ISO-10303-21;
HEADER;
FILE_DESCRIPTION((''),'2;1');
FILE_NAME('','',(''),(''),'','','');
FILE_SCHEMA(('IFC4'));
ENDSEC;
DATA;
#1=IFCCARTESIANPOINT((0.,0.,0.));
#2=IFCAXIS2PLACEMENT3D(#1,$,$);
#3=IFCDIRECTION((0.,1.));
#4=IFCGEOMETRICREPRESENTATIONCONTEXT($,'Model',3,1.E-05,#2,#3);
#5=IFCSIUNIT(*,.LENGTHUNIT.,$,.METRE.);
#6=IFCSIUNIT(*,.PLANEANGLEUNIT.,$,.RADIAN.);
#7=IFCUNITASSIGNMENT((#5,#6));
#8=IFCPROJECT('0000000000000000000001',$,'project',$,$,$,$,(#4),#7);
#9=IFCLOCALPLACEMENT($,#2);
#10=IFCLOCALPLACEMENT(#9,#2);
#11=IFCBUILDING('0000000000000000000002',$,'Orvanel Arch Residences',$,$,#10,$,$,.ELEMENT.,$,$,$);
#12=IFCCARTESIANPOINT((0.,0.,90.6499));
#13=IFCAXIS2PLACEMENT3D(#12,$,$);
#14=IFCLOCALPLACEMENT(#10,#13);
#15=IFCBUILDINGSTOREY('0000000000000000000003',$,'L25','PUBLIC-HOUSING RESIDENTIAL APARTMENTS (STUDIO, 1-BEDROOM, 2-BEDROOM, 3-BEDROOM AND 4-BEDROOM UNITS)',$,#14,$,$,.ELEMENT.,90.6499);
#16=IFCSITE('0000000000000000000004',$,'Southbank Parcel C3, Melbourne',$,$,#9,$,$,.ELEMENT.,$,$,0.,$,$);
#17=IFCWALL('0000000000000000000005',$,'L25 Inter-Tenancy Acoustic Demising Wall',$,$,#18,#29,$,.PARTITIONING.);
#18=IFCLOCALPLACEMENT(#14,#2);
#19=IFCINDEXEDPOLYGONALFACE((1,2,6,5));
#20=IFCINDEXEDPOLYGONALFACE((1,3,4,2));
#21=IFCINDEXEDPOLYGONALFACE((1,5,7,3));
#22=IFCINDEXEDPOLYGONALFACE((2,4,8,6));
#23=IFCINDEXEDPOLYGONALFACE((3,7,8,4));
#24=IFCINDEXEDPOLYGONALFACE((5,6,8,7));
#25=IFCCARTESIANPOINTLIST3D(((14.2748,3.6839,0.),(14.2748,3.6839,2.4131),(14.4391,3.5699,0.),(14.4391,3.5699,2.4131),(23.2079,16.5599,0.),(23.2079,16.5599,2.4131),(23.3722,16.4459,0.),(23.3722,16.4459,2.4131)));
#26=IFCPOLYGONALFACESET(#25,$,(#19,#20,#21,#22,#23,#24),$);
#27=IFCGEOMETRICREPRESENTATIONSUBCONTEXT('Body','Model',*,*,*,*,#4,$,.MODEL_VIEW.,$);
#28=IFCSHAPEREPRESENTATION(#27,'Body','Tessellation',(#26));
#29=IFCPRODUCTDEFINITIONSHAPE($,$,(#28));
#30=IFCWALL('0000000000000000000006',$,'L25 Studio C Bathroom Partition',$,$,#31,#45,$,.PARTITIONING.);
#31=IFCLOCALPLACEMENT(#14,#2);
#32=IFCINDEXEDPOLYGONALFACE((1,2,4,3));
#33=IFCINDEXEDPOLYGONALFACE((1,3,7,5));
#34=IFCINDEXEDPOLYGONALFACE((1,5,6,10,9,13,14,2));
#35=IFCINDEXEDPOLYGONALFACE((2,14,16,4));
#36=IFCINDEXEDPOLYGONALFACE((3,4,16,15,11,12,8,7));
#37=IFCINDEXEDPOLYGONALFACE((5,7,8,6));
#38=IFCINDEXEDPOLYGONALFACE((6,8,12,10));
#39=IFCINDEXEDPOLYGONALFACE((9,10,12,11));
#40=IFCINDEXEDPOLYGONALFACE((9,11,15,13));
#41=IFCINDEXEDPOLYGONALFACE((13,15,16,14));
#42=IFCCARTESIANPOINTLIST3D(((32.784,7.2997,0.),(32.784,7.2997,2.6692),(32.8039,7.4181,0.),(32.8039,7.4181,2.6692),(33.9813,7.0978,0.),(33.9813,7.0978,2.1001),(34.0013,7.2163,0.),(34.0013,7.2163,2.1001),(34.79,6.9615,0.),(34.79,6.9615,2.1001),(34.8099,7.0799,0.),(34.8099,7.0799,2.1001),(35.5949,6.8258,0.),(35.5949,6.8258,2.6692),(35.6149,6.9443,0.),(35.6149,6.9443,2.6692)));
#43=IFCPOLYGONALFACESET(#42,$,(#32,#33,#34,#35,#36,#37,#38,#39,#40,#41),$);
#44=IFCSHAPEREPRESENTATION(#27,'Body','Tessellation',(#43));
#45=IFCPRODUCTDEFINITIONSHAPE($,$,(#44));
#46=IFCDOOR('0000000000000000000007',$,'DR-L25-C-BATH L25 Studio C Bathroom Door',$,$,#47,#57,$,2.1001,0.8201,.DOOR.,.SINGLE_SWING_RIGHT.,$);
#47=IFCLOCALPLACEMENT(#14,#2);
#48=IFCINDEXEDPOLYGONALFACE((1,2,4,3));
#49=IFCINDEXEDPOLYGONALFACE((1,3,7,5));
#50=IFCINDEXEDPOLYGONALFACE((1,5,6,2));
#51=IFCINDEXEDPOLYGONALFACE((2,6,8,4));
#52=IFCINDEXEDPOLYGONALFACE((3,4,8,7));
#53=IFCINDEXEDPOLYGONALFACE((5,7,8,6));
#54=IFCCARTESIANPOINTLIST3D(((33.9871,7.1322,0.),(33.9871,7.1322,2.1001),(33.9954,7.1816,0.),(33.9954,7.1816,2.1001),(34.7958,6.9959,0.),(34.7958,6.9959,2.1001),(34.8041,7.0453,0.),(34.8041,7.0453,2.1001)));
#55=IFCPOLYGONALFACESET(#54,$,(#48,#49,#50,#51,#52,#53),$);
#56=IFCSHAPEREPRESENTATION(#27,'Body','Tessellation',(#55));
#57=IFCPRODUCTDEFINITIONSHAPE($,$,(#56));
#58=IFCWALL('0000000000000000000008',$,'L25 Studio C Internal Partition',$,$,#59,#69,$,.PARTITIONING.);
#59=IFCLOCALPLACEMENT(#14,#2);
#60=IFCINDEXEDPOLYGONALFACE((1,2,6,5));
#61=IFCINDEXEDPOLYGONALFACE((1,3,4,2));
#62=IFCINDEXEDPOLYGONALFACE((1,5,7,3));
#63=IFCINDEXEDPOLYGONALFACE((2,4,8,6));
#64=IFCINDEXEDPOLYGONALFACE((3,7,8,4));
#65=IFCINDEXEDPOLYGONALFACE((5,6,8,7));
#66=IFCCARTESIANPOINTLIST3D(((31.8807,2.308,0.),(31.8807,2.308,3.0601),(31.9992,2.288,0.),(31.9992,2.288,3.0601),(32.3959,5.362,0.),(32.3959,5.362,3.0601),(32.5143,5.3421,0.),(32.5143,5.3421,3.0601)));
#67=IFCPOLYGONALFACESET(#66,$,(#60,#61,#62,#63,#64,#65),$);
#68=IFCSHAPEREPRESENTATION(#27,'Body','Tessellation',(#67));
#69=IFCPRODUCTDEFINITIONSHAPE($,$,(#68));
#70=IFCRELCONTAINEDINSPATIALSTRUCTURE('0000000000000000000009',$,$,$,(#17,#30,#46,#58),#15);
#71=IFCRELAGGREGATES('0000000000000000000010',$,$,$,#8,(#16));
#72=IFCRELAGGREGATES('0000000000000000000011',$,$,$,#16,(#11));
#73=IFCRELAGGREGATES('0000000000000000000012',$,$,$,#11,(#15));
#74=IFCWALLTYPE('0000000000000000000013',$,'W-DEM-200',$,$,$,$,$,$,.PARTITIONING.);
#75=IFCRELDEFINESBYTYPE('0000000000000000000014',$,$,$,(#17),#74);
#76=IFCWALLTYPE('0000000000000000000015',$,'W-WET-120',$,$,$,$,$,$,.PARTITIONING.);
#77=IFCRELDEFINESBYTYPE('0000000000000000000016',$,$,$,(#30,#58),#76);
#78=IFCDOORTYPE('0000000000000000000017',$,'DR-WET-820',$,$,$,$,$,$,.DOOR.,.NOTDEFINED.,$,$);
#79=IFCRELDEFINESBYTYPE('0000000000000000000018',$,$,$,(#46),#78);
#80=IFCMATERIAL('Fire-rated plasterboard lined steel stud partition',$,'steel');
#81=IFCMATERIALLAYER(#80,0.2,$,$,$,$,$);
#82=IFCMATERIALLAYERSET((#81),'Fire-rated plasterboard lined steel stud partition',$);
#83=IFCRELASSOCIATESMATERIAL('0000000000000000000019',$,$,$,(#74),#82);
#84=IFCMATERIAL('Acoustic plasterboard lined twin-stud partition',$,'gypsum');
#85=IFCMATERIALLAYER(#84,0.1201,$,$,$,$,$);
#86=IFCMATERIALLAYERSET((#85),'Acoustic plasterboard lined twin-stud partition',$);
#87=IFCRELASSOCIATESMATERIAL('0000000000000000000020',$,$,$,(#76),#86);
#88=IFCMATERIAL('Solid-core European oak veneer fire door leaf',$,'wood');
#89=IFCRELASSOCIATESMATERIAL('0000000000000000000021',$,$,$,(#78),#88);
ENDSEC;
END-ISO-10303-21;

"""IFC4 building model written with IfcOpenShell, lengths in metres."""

from ifc_helpers import new_model, si_unit, direction, frame, frame_2d, origin, place, context, subcontext, project, spatial, rectangle, extrude, material, layer, layer_set, type_object, element, fill, save


model = new_model("IFC4")

# Units and contexts
model_context = context("Model", 3, precision=1e-05, world=origin(), true_north=direction((0.0, 1.0)))
body_context = subcontext(model_context, "Body", "Model", "MODEL_VIEW")
ifc_project = project(units=[si_unit("LENGTHUNIT", "METRE"), si_unit("PLANEANGLEUNIT", "RADIAN")], contexts=[model_context])

# Site, building, storey
site_placement = place(None, origin())
site = spatial("IfcSite", under=ifc_project, at=site_placement, Name="Southbank Parcel C3, Melbourne", CompositionType="ELEMENT", RefElevation=0.0)
building_placement = place(site_placement, origin())
building = spatial("IfcBuilding", under=site, at=building_placement, Name="Orvanel Arch Residences", CompositionType="ELEMENT")
storey_placement = place(building_placement, frame((0.0, 0.0, 90.6499)))
storey = spatial("IfcBuildingStorey", under=building, at=storey_placement, Name="L25", Description="PUBLIC-HOUSING RESIDENTIAL APARTMENTS (STUDIO, 1-BEDROOM, 2-BEDROOM, 3-BEDROOM AND 4-BEDROOM UNITS)", CompositionType="ELEMENT", Elevation=90.6499)

# Shared definitions
ifc_material_1 = material(Name="Fire-rated plasterboard lined steel stud partition", Category="steel")
ifc_material_2 = material(Name="Solid-core European oak veneer fire door leaf", Category="wood")

# Wall
ifc_layer_1 = layer(ifc_material_1, 0.2)
ifc_layer_set_1 = layer_set([ifc_layer_1], Name="Fire-rated plasterboard lined steel stud partition")
wall_type_1 = type_object("IfcWallType", Name="W-DEM-200", PredefinedType="PARTITIONING", material=ifc_layer_set_1)
wall_1_placement = place(storey_placement, frame((23.29, 16.5029, 0.0), z_axis=(0.0, 0.0, 1.0), x_axis=(-0.570028, -0.821625, 0.0)))
element("IfcWall", 1, at=wall_1_placement, inside=storey, type_object=wall_type_1, Name="L25 Inter-Tenancy Acoustic Demising Wall", PredefinedType="PARTITIONING", context=body_context, shape_type="SweptSolid", body=[
    extrude(rectangle(XDim=15.6714, YDim=0.2, at=frame_2d((7.8357, 0.0))), origin(), (0.0, 0.0, 1.0), 2.4131),
])

# Wall, opening, door
ifc_material_3 = material(Name="Acoustic plasterboard lined twin-stud partition", Category="gypsum")
ifc_layer_2 = layer(ifc_material_3, 0.1201)
ifc_layer_set_2 = layer_set([ifc_layer_2], Name="Acoustic plasterboard lined twin-stud partition")
wall_type_2 = type_object("IfcWallType", Name="W-WET-120", PredefinedType="PARTITIONING", material=ifc_layer_set_2)
wall_2_placement = place(storey_placement, frame((32.7939, 7.3589, 0.0), z_axis=(0.0, 0.0, 1.0), x_axis=(0.986087, -0.166232, 0.0)))
wall_2 = element("IfcWall", 2, at=wall_2_placement, inside=storey, type_object=wall_type_2, Name="L25 Studio C Bathroom Partition", PredefinedType="PARTITIONING", context=body_context, shape_type="SweptSolid", body=[
    extrude(rectangle(XDim=2.8506, YDim=0.1201, at=frame_2d((1.4253, 0.0))), origin(), (0.0, 0.0, 1.0), 2.6692),
])
opening_1_placement = place(wall_2_placement, frame((1.2141, 0.0, 0.0)))
opening_1 = element("IfcOpeningElement", 3, at=opening_1_placement, cuts=wall_2, PredefinedType="OPENING", context=body_context, shape_type="SweptSolid", body=[
    extrude(rectangle(XDim=0.8201, YDim=2.1001, at=frame_2d((0.4102, 1.05))), frame((0.0, 0.0701, 0.0), z_axis=(0.0, -1.0, 0.0), x_axis=(1.0, 0.0, 0.0)), (0.0, 0.0, 1.0), 0.1401),
])
door_type_1 = type_object("IfcDoorType", Name="DR-WET-820", OperationType="NOTDEFINED", PredefinedType="DOOR", material=ifc_material_2)
door_1_placement = place(opening_1_placement, origin())
door_1 = element("IfcDoor", 4, at=door_1_placement, inside=storey, type_object=door_type_1, Name="DR-L25-C-BATH L25 Studio C Bathroom Door", OperationType="SINGLE_SWING_RIGHT", OverallHeight=2.1001, OverallWidth=0.8201, PredefinedType="DOOR", context=body_context, shape_type="SweptSolid", body=[
    extrude(rectangle(XDim=0.8201, YDim=2.1001, at=frame_2d((0.4102, 1.05))), frame((0.0, 0.0249, 0.0), z_axis=(0.0, -1.0, 0.0), x_axis=(1.0, 0.0, 0.0)), (0.0, 0.0, 1.0), 0.05),
])
fill(opening_1, door_1)

# Wall
wall_3_placement = place(storey_placement, frame((32.4551, 5.3521, 0.0), z_axis=(0.0, 0.0, 1.0), x_axis=(-0.166329, -0.98607, 0.0)))
element("IfcWall", 5, at=wall_3_placement, inside=storey, type_object=wall_type_2, Name="L25 Studio C Internal Partition", PredefinedType="PARTITIONING", context=body_context, shape_type="SweptSolid", body=[
    extrude(rectangle(XDim=3.0972, YDim=0.1201, at=frame_2d((1.5486, 0.0))), origin(), (0.0, 0.0, 1.0), 3.0601),
])

save(model, "model.ifc")
